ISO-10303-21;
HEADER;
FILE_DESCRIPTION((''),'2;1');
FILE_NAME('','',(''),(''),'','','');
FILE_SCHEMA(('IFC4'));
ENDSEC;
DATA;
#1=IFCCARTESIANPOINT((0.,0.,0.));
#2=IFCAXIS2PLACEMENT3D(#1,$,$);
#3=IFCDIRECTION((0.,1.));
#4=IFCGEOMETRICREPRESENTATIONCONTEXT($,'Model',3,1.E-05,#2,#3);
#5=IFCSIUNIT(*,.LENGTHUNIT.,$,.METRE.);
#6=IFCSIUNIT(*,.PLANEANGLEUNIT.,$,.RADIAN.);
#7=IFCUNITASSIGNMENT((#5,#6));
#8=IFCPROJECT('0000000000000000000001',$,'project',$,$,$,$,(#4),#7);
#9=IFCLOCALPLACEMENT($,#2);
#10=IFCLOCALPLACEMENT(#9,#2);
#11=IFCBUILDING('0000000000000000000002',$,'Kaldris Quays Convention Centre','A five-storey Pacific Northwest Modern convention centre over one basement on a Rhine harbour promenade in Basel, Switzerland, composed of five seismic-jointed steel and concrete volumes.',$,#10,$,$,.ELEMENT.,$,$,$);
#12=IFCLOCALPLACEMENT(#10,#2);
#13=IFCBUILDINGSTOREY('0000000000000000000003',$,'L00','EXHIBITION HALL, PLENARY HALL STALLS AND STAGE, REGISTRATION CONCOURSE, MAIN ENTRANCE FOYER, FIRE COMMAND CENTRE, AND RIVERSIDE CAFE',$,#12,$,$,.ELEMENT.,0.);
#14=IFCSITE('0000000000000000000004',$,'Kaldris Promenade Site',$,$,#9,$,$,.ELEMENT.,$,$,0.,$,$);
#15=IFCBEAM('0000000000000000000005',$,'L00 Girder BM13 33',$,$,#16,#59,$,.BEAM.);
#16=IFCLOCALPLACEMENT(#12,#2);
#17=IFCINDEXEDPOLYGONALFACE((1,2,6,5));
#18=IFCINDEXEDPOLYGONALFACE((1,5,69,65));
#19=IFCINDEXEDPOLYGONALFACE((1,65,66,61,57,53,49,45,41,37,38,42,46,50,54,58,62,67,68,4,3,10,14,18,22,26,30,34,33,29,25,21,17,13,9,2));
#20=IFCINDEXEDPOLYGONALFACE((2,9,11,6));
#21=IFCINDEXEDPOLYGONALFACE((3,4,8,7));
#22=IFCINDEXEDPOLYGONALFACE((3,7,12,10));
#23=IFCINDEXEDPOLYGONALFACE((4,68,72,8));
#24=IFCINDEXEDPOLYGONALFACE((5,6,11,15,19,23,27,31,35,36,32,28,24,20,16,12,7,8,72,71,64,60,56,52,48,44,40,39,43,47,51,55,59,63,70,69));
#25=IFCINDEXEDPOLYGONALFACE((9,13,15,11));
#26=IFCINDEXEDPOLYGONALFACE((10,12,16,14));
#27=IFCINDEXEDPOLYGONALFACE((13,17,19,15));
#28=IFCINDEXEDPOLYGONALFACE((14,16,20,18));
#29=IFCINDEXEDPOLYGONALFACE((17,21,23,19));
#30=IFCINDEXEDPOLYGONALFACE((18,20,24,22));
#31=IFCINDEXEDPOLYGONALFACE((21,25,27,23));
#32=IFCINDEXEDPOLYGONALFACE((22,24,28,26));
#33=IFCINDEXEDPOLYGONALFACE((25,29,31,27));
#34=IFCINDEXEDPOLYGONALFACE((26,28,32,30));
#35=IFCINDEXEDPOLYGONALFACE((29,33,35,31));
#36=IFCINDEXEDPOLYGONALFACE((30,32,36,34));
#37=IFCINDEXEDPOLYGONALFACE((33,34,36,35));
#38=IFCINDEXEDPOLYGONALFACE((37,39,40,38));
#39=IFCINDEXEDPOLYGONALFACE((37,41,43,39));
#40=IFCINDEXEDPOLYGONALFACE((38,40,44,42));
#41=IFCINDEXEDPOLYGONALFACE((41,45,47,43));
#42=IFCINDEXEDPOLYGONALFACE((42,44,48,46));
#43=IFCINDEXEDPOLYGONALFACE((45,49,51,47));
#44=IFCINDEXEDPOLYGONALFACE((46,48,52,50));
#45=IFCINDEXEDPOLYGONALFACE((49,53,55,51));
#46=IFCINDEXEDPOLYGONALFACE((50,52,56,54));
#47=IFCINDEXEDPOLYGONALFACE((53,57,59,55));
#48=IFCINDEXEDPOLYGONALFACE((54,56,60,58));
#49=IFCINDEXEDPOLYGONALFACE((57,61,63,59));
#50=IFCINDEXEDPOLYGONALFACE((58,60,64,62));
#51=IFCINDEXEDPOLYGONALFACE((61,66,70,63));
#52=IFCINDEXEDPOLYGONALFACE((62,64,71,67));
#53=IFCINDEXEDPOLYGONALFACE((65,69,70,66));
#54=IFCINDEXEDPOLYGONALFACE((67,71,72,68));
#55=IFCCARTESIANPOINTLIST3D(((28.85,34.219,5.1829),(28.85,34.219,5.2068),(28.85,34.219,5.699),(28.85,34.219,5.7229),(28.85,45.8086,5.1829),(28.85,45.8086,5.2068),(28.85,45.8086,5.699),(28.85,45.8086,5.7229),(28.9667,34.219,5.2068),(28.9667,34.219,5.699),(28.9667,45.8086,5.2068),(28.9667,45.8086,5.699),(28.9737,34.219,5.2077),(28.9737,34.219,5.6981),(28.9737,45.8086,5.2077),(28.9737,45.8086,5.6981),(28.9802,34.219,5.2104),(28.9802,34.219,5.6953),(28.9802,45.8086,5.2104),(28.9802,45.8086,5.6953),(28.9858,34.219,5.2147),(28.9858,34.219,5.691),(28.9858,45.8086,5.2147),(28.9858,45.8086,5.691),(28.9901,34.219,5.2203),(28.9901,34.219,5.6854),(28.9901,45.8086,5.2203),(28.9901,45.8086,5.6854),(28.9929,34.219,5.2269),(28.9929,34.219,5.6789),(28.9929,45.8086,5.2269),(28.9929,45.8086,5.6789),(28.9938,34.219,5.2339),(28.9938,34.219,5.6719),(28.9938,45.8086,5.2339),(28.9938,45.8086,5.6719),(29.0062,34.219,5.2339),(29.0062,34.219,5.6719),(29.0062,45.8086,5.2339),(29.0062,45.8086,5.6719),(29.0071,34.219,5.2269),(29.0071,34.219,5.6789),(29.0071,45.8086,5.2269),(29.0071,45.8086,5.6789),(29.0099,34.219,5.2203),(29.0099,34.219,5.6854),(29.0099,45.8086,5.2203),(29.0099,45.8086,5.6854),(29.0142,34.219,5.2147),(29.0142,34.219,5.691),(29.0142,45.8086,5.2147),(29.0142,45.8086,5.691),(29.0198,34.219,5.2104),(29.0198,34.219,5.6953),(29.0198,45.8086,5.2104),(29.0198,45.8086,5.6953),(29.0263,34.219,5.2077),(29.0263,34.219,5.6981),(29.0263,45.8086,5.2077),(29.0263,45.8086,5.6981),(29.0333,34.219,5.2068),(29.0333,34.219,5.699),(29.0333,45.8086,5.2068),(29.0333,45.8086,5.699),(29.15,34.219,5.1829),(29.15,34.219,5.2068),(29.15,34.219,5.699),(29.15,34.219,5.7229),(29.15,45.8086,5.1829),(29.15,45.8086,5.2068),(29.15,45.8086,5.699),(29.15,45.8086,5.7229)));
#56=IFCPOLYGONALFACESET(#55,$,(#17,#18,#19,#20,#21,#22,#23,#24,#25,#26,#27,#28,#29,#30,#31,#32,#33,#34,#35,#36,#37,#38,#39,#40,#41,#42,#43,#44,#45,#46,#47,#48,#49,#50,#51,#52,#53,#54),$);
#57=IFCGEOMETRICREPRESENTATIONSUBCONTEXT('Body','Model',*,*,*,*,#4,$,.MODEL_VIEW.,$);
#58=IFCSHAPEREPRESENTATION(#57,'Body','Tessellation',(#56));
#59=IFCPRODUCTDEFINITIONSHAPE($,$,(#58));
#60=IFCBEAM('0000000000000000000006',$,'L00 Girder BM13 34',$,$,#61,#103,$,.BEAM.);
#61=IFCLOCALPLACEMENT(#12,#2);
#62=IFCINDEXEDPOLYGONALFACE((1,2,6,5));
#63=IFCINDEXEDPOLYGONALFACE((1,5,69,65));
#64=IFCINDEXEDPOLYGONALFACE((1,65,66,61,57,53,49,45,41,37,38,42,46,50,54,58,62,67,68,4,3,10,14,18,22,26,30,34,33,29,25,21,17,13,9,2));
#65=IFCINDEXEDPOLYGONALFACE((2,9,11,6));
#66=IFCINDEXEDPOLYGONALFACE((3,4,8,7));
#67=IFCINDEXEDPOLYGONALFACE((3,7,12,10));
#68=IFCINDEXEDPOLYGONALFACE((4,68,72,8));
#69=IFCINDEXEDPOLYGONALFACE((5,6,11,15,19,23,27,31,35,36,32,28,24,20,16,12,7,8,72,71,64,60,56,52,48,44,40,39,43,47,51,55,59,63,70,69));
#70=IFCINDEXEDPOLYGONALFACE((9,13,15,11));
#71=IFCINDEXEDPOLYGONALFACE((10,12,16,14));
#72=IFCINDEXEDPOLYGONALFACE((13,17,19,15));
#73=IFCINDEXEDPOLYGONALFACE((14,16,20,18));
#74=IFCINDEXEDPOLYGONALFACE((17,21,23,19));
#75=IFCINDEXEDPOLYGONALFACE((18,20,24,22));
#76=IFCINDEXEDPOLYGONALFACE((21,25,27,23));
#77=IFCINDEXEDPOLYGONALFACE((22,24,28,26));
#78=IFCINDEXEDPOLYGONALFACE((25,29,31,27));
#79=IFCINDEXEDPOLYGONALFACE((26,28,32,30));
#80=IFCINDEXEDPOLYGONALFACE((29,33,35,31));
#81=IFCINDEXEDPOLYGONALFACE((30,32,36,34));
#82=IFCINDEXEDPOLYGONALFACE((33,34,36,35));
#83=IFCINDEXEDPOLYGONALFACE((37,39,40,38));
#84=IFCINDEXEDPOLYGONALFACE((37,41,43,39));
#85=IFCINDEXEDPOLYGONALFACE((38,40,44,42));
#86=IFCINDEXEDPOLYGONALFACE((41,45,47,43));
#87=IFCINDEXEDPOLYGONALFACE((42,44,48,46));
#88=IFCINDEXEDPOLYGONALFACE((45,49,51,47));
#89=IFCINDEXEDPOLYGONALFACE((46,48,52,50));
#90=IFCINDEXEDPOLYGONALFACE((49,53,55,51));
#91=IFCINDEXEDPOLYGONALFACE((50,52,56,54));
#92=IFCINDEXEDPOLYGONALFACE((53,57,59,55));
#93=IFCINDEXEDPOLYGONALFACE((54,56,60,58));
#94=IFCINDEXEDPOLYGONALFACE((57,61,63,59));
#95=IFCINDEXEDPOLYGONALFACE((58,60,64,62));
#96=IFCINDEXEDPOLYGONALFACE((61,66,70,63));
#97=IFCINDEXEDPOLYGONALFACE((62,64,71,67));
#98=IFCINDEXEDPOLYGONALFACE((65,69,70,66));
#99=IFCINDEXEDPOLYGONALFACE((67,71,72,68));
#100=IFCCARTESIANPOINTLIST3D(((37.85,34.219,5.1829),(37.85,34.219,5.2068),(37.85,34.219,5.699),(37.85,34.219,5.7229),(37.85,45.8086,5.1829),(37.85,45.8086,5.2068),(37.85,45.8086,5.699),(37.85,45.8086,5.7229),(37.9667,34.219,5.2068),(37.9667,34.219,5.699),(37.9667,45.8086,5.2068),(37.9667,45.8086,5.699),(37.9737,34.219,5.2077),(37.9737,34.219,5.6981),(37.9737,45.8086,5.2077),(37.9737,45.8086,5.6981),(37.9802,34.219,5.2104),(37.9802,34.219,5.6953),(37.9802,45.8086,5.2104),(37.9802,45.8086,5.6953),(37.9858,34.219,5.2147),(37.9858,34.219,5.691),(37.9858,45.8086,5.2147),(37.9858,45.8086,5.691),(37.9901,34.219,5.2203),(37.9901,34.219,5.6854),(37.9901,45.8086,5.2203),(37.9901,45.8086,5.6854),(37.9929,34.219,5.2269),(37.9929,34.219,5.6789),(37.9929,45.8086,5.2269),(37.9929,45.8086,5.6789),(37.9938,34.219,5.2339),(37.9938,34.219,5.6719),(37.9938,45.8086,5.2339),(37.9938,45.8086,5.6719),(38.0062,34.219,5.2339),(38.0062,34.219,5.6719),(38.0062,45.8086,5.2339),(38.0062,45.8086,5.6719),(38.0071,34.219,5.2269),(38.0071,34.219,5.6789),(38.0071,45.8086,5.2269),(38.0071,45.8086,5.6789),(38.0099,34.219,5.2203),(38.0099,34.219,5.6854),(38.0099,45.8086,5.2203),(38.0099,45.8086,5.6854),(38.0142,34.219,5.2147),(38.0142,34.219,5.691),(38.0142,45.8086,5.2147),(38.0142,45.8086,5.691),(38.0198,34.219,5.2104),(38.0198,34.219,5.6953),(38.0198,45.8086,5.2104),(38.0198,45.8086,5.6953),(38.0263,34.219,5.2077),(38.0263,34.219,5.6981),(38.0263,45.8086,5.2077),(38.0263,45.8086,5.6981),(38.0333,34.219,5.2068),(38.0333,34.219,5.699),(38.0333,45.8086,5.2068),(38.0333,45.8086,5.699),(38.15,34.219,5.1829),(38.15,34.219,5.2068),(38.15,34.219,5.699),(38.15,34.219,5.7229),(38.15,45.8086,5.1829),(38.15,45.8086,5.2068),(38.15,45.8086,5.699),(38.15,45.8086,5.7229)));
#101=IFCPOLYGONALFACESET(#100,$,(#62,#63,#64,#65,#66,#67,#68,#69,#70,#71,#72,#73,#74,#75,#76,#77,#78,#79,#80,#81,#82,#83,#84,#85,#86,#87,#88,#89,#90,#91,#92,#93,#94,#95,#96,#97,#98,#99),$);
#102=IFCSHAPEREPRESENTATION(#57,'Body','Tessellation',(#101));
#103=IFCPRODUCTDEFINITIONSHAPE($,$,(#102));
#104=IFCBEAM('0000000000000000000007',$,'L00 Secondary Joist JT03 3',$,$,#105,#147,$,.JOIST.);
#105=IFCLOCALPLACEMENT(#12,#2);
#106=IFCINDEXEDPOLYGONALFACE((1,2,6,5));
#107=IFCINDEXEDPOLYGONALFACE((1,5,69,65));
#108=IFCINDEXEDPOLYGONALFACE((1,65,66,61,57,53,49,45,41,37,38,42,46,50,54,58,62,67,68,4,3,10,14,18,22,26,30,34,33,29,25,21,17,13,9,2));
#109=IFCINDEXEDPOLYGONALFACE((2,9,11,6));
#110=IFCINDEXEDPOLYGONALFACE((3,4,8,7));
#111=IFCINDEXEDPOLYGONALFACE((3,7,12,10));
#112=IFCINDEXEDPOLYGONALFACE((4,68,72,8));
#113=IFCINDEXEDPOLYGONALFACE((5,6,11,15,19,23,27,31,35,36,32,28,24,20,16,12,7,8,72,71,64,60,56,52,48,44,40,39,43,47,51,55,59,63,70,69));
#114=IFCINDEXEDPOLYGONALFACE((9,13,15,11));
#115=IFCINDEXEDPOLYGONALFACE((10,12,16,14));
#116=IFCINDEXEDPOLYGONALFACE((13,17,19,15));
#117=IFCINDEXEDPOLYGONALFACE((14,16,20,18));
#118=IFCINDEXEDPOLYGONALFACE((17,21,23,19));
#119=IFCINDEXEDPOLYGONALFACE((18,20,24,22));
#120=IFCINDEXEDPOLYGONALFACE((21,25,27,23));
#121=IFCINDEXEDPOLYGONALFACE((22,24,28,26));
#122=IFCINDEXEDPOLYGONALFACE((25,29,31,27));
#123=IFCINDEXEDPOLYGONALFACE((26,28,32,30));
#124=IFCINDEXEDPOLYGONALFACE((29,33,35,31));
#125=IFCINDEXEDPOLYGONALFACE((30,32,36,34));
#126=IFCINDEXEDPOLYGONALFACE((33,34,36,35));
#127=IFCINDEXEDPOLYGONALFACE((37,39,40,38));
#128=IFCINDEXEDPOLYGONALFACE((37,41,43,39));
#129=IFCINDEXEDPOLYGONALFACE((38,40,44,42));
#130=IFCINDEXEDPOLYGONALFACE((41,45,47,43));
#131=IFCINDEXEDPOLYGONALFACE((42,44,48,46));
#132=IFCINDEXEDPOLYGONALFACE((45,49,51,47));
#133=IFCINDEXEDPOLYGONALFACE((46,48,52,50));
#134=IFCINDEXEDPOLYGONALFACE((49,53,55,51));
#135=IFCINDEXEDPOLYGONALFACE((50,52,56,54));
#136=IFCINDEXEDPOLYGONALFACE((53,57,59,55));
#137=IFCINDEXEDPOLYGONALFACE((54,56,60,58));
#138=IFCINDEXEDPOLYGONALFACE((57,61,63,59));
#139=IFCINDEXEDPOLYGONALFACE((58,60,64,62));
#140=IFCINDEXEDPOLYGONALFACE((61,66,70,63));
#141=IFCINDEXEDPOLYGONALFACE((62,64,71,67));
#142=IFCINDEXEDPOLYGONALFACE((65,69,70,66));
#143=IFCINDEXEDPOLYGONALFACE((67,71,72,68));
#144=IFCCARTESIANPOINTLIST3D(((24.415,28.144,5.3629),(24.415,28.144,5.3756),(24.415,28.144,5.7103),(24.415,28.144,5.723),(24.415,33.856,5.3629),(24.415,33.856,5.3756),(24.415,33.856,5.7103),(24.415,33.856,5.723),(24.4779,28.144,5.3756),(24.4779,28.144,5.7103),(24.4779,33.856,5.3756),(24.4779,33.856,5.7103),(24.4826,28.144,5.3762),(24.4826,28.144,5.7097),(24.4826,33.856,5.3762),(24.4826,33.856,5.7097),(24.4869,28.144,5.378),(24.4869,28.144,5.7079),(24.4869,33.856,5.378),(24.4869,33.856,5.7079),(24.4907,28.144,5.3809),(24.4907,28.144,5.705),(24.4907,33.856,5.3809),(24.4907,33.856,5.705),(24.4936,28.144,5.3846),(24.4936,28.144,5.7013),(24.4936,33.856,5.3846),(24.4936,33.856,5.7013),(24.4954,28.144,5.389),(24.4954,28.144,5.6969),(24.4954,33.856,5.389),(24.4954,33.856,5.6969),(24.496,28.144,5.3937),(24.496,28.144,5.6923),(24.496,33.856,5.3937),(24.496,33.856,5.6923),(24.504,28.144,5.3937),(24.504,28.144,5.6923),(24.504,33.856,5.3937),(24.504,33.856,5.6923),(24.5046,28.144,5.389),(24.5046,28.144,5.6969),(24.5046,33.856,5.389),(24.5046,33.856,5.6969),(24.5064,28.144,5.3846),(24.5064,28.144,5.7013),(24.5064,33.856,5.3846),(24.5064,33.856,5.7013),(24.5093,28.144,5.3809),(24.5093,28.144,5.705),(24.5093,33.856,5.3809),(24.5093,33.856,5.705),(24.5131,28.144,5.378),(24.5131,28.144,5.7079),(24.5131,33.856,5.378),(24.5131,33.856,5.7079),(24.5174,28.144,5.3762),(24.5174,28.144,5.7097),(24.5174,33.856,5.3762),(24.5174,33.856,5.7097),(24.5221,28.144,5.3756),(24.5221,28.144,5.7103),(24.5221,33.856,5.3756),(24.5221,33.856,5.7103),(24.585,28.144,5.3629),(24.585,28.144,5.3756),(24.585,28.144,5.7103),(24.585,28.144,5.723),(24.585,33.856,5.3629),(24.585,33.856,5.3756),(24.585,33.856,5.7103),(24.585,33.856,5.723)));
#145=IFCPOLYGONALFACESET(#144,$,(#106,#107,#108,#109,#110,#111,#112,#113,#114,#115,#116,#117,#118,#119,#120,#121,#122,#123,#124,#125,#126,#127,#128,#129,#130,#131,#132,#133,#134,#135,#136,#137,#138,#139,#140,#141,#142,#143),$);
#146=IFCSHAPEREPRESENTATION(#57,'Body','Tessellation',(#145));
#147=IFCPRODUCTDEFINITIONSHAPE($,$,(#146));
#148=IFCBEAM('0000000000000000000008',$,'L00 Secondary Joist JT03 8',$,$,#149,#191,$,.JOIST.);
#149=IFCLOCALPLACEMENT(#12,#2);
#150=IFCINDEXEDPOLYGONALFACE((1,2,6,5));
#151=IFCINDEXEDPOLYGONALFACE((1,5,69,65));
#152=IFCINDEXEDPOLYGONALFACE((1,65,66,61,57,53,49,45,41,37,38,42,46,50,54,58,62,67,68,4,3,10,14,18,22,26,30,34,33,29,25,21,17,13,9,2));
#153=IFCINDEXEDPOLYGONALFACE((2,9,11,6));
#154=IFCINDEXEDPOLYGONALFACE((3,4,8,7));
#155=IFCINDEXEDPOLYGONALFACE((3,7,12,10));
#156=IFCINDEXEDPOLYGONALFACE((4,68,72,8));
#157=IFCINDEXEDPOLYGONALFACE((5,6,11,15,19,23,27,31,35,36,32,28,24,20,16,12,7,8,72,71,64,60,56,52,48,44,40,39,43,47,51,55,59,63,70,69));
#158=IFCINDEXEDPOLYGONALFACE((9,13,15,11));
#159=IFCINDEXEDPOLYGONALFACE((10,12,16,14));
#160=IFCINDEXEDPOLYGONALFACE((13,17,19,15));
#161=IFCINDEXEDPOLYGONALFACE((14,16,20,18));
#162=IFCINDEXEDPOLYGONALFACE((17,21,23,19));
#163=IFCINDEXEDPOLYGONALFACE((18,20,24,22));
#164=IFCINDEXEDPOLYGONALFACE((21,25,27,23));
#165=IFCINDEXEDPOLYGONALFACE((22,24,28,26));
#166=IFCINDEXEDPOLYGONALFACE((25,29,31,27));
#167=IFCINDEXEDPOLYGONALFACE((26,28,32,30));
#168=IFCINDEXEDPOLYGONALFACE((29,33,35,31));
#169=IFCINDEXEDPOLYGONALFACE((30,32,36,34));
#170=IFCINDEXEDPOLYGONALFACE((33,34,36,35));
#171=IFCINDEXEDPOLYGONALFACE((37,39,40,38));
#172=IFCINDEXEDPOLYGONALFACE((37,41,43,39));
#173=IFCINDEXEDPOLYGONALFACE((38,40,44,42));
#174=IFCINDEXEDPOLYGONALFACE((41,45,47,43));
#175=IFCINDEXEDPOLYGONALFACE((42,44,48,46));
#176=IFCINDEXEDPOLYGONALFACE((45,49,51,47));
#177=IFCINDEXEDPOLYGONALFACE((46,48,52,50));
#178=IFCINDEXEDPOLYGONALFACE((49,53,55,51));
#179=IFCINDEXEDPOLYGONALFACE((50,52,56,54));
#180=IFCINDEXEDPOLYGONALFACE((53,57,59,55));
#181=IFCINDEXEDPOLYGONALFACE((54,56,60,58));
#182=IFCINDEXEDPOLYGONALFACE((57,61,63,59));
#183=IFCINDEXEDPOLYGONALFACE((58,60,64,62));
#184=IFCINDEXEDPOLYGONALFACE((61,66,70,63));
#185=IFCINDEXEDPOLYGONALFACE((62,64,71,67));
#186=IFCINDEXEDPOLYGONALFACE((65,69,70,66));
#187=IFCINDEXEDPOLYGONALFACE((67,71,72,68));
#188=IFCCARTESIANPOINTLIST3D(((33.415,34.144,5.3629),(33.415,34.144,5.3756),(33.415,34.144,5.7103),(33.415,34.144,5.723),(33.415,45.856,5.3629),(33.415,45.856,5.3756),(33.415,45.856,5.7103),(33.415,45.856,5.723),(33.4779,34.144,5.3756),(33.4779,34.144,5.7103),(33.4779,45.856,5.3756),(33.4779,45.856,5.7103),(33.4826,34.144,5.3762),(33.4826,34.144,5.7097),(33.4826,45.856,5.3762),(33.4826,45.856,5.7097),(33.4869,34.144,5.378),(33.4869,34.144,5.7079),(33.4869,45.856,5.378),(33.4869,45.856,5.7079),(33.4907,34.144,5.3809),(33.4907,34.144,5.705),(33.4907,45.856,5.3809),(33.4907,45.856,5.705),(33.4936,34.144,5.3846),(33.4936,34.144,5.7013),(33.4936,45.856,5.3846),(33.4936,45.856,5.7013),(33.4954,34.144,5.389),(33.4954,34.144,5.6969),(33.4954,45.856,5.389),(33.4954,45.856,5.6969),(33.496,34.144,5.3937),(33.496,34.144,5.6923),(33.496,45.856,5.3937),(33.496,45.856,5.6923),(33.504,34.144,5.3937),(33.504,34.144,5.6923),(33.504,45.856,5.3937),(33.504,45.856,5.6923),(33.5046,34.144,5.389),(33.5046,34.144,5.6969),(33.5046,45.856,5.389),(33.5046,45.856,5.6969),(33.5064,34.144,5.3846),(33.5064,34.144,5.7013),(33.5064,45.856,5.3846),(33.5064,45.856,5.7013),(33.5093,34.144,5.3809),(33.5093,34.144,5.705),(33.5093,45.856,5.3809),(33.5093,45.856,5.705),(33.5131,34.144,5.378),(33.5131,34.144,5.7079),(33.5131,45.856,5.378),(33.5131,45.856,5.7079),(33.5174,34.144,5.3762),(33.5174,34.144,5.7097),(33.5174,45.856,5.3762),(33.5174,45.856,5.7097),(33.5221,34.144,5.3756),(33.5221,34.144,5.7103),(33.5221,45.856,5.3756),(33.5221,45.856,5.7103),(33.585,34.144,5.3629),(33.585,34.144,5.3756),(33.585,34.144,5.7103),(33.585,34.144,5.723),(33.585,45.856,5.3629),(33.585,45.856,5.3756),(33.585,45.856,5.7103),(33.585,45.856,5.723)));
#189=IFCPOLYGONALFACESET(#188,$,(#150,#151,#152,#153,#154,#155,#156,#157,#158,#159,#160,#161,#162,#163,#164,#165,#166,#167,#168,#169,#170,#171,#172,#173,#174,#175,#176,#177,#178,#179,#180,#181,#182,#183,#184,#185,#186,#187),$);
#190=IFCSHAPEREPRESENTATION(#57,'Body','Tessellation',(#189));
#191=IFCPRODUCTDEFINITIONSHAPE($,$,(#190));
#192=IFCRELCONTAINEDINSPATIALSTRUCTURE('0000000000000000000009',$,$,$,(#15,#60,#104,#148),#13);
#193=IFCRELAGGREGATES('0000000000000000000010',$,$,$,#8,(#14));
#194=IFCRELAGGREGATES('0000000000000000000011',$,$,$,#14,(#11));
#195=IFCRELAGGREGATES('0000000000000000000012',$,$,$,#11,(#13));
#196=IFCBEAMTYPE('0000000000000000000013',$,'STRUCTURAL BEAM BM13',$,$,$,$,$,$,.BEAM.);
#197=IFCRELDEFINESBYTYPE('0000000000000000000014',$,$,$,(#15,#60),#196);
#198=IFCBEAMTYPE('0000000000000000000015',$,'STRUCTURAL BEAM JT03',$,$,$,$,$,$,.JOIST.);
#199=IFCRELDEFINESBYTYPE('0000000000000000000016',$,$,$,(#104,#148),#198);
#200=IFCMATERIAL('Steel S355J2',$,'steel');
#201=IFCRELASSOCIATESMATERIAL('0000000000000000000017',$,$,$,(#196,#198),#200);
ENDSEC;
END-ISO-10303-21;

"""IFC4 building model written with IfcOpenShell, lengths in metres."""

from ifc_helpers import new_model, si_unit, direction, frame, origin, origin_2d, place, context, subcontext, project, spatial, i_section, extrude, material, material_profile, profile_set, type_object, element, save


model = new_model("IFC4")

# Units and contexts
model_context = context("Model", 3, precision=1e-05, world=origin(), true_north=direction((0.0, 1.0)))
body_context = subcontext(model_context, "Body", "Model", "MODEL_VIEW")
ifc_project = project(units=[si_unit("LENGTHUNIT", "METRE"), si_unit("PLANEANGLEUNIT", "RADIAN")], contexts=[model_context])

# Site, building, storey
site_placement = place(None, origin())
site = spatial("IfcSite", under=ifc_project, at=site_placement, Name="Kaldris Promenade Site", CompositionType="ELEMENT", RefElevation=0.0)
building_placement = place(site_placement, origin())
building = spatial("IfcBuilding", under=site, at=building_placement, Name="Kaldris Quays Convention Centre", Description="A five-storey Pacific Northwest Modern convention centre over one basement on a Rhine harbour promenade in Basel, Switzerland, composed of five seismic-jointed steel and concrete volumes.", CompositionType="ELEMENT")
storey_placement = place(building_placement, origin())
storey = spatial("IfcBuildingStorey", under=building, at=storey_placement, Name="L00", Description="EXHIBITION HALL, PLENARY HALL STALLS AND STAGE, REGISTRATION CONCOURSE, MAIN ENTRANCE FOYER, FIRE COMMAND CENTRE, AND RIVERSIDE CAFE", CompositionType="ELEMENT", Elevation=0.0)

# Shared definitions
ifc_material_1 = material(Name="Steel S355J2", Category="steel")

# Beams
ifc_material_profile_1 = material_profile(ifc_material_1, i_section(OverallWidth=0.3, OverallDepth=0.54, WebThickness=0.0125, FlangeThickness=0.0239, FilletRadius=0.0271, at=origin_2d()), Name="HEA 550")
ifc_profile_set_1 = profile_set([ifc_material_profile_1], Name="Steel S355J2")
beam_type_1 = type_object("IfcBeamType", Name="STRUCTURAL BEAM BM13", PredefinedType="BEAM", material=ifc_profile_set_1)
for number, where, z_axis, x_axis, name in (
    (1, (29.0, 34.219, 5.4529), (0.0, 1.0, 0.0), (-1.0, 0.0, 0.0), "L00 Girder BM13 33"),
    (2, (38.0, 34.219, 5.4529), (0.0, 1.0, 0.0), (-1.0, 0.0, 0.0), "L00 Girder BM13 34"),
):
    element("IfcBeam", number, at=place(storey_placement, frame(where, z_axis=z_axis, x_axis=x_axis)), inside=storey, type_object=beam_type_1, Name=name, PredefinedType="BEAM", context=body_context, shape_type="SweptSolid", body=[
        extrude(i_section(OverallWidth=0.3, OverallDepth=0.54, WebThickness=0.0125, FlangeThickness=0.0239, FilletRadius=0.0271, at=origin_2d()), origin(), (0.0, 0.0, 1.0), 11.5896),
    ])
ifc_material_profile_2 = material_profile(ifc_material_1, i_section(OverallWidth=0.1699, OverallDepth=0.3601, WebThickness=0.0081, FlangeThickness=0.0127, FilletRadius=0.0181, at=origin_2d()), Name="IPE 360")
ifc_profile_set_2 = profile_set([ifc_material_profile_2], Name="Steel S355J2")
beam_type_2 = type_object("IfcBeamType", Name="STRUCTURAL BEAM JT03", PredefinedType="JOIST", material=ifc_profile_set_2)
beam_1_placement = place(storey_placement, frame((24.5, 28.144, 5.543), z_axis=(0.0, 1.0, 0.0), x_axis=(-1.0, 0.0, 0.0)))
element("IfcBeam", 3, at=beam_1_placement, inside=storey, type_object=beam_type_2, Name="L00 Secondary Joist JT03 3", PredefinedType="JOIST", context=body_context, shape_type="SweptSolid", body=[
    extrude(i_section(OverallWidth=0.1699, OverallDepth=0.3601, WebThickness=0.0081, FlangeThickness=0.0127, FilletRadius=0.0181, at=origin_2d()), origin(), (0.0, 0.0, 1.0), 5.7119),
])
beam_2_placement = place(storey_placement, frame((33.5, 34.144, 5.543), z_axis=(0.0, 1.0, 0.0), x_axis=(-1.0, 0.0, 0.0)))
element("IfcBeam", 4, at=beam_2_placement, inside=storey, type_object=beam_type_2, Name="L00 Secondary Joist JT03 8", PredefinedType="JOIST", context=body_context, shape_type="SweptSolid", body=[
    extrude(i_section(OverallWidth=0.1699, OverallDepth=0.3601, WebThickness=0.0081, FlangeThickness=0.0127, FilletRadius=0.0181, at=origin_2d()), origin(), (0.0, 0.0, 1.0), 11.7119),
])

save(model, "model.ifc")
